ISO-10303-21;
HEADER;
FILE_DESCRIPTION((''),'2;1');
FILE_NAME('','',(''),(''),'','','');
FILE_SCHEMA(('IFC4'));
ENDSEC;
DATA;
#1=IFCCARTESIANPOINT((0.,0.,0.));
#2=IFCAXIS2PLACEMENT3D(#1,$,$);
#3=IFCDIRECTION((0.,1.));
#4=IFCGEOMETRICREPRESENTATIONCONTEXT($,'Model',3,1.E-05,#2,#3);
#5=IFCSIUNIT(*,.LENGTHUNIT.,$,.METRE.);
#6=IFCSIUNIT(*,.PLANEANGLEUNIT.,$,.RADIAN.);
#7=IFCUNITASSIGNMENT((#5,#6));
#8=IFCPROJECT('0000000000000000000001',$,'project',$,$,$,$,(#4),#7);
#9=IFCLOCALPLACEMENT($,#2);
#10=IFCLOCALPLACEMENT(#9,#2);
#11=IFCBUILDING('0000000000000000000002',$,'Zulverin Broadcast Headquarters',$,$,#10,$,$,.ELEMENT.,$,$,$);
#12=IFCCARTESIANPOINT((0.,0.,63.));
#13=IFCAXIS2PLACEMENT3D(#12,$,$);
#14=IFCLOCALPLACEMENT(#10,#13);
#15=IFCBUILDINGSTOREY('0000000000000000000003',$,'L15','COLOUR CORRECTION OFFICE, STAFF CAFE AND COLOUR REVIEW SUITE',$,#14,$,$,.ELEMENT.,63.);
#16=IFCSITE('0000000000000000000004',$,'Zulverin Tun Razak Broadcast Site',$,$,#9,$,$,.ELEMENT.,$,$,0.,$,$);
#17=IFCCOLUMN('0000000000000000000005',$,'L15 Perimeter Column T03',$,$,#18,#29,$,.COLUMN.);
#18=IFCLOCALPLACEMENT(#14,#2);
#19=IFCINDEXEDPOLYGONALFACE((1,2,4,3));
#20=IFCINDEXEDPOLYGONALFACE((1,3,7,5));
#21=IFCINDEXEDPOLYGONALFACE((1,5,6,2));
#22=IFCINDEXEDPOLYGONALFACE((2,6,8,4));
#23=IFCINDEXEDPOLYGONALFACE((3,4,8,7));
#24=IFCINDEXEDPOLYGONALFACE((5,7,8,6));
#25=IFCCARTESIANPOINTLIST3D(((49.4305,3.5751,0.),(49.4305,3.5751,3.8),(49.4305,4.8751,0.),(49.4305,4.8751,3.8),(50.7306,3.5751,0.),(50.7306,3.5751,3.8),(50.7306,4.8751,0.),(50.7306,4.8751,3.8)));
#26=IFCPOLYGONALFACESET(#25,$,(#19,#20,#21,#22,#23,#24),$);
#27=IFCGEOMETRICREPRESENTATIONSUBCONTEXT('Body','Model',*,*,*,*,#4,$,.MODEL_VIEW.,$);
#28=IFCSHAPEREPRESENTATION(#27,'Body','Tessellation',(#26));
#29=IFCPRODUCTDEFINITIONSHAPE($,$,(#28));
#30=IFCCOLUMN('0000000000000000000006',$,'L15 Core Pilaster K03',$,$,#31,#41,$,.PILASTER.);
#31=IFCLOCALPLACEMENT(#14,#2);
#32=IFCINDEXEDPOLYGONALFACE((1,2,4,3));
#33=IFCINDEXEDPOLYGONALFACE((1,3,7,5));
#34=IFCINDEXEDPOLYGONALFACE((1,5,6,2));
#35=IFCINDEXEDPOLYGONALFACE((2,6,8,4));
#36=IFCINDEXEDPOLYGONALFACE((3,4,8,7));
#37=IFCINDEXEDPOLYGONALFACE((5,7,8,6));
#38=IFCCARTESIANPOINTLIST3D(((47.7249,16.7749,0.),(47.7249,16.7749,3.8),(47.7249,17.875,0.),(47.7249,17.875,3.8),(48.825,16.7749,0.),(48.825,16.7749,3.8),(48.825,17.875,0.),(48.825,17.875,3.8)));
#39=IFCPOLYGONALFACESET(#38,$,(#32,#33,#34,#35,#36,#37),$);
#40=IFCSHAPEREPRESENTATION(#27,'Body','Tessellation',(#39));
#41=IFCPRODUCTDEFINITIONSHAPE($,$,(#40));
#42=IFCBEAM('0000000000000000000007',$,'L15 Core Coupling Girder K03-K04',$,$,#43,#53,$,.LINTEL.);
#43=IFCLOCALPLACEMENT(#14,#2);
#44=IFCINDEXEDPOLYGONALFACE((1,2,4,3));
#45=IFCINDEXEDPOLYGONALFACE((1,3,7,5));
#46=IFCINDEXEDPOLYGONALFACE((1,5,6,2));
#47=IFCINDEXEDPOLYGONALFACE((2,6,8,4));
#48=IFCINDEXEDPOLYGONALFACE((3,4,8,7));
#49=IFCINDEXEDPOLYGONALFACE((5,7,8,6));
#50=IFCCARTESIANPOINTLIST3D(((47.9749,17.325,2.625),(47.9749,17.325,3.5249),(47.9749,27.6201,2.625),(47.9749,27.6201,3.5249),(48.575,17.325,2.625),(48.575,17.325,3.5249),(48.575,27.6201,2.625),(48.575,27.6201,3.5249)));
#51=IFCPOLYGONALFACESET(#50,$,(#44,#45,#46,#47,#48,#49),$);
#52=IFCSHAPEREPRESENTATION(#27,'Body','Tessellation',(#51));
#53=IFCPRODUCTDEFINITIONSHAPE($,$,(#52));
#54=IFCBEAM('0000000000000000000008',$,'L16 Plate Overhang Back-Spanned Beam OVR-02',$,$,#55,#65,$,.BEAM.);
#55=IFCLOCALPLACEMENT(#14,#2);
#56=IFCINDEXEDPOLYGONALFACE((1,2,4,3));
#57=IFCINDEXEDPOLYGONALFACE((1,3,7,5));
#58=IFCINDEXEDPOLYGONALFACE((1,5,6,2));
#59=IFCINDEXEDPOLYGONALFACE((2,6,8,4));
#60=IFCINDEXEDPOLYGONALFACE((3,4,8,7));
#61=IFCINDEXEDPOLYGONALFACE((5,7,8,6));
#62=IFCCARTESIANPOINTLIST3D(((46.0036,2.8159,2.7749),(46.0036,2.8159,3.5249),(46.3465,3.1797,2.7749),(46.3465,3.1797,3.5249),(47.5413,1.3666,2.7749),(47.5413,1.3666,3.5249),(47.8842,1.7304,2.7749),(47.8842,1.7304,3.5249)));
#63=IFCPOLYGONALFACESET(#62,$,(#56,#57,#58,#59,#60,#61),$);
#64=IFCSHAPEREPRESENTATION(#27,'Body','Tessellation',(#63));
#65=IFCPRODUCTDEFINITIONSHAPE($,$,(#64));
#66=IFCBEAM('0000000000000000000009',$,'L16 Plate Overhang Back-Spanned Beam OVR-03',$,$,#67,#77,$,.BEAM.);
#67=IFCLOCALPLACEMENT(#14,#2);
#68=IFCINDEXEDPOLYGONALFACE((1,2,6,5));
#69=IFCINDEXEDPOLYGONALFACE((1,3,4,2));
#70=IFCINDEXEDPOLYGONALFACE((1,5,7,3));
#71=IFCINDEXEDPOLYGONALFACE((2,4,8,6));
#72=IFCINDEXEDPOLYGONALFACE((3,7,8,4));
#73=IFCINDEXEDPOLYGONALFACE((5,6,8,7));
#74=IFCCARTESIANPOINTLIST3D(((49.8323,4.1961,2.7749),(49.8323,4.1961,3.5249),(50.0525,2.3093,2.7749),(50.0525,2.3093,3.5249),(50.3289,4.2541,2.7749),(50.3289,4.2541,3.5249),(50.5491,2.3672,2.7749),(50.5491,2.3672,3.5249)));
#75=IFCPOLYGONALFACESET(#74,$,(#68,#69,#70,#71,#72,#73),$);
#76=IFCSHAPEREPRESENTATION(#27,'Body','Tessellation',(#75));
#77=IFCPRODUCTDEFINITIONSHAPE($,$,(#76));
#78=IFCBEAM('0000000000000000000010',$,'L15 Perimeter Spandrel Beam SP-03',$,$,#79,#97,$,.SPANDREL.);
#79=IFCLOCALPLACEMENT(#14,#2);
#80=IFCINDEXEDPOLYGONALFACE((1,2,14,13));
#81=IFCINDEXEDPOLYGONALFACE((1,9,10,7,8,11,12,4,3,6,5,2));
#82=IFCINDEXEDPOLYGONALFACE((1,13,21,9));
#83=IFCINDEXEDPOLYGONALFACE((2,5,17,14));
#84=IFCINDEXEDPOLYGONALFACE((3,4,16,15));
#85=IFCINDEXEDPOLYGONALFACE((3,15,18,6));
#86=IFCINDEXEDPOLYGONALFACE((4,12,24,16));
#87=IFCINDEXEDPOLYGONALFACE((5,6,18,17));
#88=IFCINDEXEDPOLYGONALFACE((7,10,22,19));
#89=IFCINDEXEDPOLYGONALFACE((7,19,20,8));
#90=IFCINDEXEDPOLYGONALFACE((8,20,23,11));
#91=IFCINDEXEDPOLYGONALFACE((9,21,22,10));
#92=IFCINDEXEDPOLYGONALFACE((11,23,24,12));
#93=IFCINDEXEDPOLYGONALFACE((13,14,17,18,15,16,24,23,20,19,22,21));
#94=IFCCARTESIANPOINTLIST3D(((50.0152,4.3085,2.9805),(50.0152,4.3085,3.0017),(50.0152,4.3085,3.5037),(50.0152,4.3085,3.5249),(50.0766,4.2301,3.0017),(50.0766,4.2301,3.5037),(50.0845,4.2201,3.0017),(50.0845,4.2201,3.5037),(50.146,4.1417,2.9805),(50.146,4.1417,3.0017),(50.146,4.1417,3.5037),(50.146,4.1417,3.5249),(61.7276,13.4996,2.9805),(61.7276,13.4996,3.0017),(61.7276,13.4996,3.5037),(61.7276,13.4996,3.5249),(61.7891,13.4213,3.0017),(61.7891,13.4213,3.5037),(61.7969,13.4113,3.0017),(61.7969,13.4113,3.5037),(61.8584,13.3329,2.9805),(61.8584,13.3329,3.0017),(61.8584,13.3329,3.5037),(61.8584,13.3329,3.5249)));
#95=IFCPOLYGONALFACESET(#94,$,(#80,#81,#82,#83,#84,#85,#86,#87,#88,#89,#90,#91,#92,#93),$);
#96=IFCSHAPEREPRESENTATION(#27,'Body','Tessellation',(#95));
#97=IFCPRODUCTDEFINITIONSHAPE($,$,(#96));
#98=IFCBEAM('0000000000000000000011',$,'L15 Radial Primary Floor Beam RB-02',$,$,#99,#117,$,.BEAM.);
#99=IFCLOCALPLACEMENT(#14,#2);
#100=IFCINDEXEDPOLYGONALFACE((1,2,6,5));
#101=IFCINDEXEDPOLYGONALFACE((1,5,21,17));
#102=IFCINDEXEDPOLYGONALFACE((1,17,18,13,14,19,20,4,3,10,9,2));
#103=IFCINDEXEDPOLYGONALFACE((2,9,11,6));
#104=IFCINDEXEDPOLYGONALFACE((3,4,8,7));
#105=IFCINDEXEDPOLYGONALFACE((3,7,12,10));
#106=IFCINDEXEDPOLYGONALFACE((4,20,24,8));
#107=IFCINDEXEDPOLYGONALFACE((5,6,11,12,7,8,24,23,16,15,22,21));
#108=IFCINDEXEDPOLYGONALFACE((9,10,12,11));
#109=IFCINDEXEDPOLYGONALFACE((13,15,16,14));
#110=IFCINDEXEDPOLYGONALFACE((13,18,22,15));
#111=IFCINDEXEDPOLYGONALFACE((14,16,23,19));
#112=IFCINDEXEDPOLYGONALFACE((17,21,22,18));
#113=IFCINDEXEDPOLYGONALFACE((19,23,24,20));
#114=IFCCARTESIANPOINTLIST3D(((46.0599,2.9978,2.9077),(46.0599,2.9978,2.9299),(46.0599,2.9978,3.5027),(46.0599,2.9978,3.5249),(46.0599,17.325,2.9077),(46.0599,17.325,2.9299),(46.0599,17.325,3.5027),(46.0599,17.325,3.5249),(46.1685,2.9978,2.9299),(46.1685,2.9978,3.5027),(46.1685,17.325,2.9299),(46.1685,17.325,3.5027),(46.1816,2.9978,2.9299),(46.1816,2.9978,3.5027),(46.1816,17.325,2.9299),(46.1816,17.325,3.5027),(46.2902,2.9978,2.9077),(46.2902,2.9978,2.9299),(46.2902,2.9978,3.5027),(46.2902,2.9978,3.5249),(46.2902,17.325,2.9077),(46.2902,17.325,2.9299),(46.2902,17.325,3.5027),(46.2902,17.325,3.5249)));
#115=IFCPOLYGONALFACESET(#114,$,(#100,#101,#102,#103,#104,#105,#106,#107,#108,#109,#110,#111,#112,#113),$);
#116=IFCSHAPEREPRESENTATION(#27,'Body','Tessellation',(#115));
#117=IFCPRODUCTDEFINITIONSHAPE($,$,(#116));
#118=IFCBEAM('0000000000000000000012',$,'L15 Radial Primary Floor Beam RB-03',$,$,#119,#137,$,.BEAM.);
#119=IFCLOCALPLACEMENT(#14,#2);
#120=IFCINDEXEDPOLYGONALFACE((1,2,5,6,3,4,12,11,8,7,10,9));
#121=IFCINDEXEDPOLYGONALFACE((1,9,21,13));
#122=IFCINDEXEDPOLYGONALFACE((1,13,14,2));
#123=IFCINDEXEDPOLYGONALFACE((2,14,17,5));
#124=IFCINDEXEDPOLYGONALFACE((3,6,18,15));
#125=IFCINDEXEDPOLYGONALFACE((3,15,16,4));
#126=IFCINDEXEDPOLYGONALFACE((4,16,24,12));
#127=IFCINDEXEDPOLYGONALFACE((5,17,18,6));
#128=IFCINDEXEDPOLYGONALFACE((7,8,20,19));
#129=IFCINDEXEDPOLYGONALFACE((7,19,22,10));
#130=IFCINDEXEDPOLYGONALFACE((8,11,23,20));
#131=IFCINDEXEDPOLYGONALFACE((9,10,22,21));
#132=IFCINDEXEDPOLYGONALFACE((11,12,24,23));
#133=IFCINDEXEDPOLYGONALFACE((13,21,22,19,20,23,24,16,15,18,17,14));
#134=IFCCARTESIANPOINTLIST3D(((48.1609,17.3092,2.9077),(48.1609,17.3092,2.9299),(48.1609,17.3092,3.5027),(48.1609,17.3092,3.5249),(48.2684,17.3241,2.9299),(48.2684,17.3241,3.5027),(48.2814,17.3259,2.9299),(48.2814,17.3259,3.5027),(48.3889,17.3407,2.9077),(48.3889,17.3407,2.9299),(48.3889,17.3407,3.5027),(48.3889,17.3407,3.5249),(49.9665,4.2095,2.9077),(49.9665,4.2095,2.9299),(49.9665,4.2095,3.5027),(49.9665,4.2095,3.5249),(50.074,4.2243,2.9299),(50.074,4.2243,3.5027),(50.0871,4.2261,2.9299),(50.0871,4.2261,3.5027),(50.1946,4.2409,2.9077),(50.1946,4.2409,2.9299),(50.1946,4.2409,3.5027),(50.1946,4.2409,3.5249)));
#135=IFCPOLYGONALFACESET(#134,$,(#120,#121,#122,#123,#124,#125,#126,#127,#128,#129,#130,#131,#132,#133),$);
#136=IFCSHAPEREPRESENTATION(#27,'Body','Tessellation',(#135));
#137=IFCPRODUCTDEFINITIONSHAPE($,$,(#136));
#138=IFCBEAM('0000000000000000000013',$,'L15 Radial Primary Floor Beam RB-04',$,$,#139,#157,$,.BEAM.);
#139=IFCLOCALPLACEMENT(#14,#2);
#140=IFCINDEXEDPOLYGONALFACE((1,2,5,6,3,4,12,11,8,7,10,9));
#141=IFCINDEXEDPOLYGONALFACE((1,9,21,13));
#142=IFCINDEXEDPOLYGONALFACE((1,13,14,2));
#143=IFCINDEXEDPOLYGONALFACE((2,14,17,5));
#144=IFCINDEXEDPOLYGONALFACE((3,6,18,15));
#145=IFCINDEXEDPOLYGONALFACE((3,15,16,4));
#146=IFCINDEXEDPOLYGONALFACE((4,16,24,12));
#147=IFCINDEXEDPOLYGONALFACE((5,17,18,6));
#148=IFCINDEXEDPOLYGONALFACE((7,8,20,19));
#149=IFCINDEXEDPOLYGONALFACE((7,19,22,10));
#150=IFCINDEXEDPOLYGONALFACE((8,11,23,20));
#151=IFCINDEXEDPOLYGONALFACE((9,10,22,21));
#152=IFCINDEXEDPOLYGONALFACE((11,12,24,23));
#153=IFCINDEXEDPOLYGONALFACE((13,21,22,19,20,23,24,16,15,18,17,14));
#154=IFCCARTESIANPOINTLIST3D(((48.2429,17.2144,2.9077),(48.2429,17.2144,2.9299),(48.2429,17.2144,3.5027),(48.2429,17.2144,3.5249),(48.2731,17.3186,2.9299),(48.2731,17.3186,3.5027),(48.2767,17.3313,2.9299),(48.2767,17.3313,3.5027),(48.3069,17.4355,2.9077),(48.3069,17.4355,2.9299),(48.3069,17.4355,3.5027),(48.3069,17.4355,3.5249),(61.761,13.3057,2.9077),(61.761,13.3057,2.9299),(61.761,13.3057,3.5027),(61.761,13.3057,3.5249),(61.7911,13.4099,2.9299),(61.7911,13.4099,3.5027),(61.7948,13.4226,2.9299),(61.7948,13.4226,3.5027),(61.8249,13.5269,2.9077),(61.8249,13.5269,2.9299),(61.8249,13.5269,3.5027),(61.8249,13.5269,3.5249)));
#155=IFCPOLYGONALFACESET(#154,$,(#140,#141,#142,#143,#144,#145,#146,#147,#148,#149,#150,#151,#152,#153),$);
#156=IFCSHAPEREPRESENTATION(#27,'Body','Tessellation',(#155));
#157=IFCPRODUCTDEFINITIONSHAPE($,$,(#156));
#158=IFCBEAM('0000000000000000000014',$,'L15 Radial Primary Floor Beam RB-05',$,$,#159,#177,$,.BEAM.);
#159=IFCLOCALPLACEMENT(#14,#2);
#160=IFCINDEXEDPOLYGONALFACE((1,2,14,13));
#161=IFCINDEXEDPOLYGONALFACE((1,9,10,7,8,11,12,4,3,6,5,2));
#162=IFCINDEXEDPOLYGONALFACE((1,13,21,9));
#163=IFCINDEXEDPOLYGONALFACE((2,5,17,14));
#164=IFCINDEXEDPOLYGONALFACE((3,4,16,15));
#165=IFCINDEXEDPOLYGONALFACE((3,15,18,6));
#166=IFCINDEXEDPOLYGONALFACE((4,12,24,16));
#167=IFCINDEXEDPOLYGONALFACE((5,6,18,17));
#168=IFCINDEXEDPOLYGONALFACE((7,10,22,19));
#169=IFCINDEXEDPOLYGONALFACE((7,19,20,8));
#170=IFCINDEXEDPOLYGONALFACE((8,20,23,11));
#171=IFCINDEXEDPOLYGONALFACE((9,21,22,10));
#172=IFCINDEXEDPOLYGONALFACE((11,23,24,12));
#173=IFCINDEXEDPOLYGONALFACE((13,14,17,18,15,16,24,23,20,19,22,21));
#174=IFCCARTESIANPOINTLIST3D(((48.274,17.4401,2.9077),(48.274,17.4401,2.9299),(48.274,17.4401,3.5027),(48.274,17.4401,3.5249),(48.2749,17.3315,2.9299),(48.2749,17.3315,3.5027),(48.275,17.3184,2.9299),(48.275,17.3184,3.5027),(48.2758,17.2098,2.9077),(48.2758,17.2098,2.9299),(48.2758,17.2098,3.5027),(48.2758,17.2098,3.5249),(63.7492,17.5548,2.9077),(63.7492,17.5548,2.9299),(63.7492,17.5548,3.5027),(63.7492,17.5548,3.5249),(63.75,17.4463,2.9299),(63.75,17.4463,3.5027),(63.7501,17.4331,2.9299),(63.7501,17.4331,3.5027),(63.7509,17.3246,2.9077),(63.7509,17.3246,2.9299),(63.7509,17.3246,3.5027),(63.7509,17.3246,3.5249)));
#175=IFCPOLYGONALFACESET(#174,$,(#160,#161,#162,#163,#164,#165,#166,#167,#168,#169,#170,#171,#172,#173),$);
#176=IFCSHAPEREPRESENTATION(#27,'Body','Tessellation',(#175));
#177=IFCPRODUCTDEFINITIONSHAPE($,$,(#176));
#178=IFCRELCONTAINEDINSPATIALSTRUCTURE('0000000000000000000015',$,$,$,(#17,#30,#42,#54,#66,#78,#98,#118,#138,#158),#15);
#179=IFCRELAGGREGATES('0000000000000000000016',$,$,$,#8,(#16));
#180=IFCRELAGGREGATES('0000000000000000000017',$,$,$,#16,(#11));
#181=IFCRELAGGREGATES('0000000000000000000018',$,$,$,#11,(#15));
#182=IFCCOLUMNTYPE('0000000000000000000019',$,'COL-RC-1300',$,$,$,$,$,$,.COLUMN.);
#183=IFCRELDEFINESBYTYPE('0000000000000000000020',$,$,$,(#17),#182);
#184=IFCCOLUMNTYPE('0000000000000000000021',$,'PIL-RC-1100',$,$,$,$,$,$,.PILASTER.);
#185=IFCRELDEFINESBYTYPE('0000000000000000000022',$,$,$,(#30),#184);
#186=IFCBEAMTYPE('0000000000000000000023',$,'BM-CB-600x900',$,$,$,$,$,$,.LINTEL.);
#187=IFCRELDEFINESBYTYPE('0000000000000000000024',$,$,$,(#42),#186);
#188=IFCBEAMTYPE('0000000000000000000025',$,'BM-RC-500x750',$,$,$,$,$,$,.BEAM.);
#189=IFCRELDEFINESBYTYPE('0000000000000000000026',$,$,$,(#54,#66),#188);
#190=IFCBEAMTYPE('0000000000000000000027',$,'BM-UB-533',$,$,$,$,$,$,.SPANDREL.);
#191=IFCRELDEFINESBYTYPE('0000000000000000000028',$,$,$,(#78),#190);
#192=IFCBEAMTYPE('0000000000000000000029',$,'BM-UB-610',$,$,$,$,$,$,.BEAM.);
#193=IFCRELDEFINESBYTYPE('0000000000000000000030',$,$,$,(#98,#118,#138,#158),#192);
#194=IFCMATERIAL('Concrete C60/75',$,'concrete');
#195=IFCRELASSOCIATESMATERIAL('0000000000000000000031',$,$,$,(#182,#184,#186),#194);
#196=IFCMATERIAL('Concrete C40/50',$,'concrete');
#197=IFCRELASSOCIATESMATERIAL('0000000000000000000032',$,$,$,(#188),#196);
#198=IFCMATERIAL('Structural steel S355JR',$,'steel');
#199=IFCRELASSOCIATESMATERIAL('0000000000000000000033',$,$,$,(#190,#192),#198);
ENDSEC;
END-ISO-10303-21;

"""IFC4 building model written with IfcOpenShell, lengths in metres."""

from ifc_helpers import new_model, si_unit, direction, frame, origin, origin_2d, place, context, subcontext, project, spatial, rectangle, i_section, extrude, material, material_profile, profile_set, type_object, element, save


model = new_model("IFC4")

# Units and contexts
model_context = context("Model", 3, precision=1e-05, world=origin(), true_north=direction((0.0, 1.0)))
body_context = subcontext(model_context, "Body", "Model", "MODEL_VIEW")
ifc_project = project(units=[si_unit("LENGTHUNIT", "METRE"), si_unit("PLANEANGLEUNIT", "RADIAN")], contexts=[model_context])

# Site, building, storey
site_placement = place(None, origin())
site = spatial("IfcSite", under=ifc_project, at=site_placement, Name="Zulverin Tun Razak Broadcast Site", CompositionType="ELEMENT", RefElevation=0.0)
building_placement = place(site_placement, origin())
building = spatial("IfcBuilding", under=site, at=building_placement, Name="Zulverin Broadcast Headquarters", CompositionType="ELEMENT")
storey_placement = place(building_placement, frame((0.0, 0.0, 63.0)))
storey = spatial("IfcBuildingStorey", under=building, at=storey_placement, Name="L15", Description="COLOUR CORRECTION OFFICE, STAFF CAFE AND COLOUR REVIEW SUITE", CompositionType="ELEMENT", Elevation=63.0)

# Columns
ifc_material_1 = material(Name="Concrete C60/75", Category="concrete")
ifc_material_profile_1 = material_profile(ifc_material_1, rectangle(XDim=1.3, YDim=1.3, at=origin_2d()), Name="Concrete C60/75", Category="concrete")
ifc_profile_set_1 = profile_set([ifc_material_profile_1], Name="Concrete C60/75")
column_type_1 = type_object("IfcColumnType", Name="COL-RC-1300", PredefinedType="COLUMN", material=ifc_profile_set_1)
column_1_placement = place(storey_placement, frame((50.0806, 4.2251, 0.0), z_axis=(0.0, 0.0, 1.0), x_axis=(1.0, 0.0, 0.0)))
element("IfcColumn", 1, at=column_1_placement, inside=storey, type_object=column_type_1, Name="L15 Perimeter Column T03", PredefinedType="COLUMN", context=body_context, shape_type="SweptSolid", body=[
    extrude(rectangle(XDim=1.3, YDim=1.3, at=origin_2d()), origin(), (0.0, 0.0, 1.0), 3.8),
])
ifc_material_profile_2 = material_profile(ifc_material_1, rectangle(XDim=1.1001, YDim=1.1001, at=origin_2d()), Name="Concrete C60/75", Category="concrete")
ifc_profile_set_2 = profile_set([ifc_material_profile_2], Name="Concrete C60/75")
column_type_2 = type_object("IfcColumnType", Name="PIL-RC-1100", PredefinedType="PILASTER", material=ifc_profile_set_2)
column_2_placement = place(storey_placement, frame((48.2749, 17.325, 0.0), z_axis=(0.0, 0.0, 1.0), x_axis=(1.0, 0.0, 0.0)))
element("IfcColumn", 2, at=column_2_placement, inside=storey, type_object=column_type_2, Name="L15 Core Pilaster K03", PredefinedType="PILASTER", context=body_context, shape_type="SweptSolid", body=[
    extrude(rectangle(XDim=1.1001, YDim=1.1001, at=origin_2d()), origin(), (0.0, 0.0, 1.0), 3.8),
])

# Beams
ifc_material_profile_3 = material_profile(ifc_material_1, rectangle(XDim=0.6001, YDim=0.8999, at=origin_2d()), Name="Concrete C60/75", Category="concrete")
ifc_profile_set_3 = profile_set([ifc_material_profile_3], Name="Concrete C60/75")
beam_type_1 = type_object("IfcBeamType", Name="BM-CB-600x900", PredefinedType="LINTEL", material=ifc_profile_set_3)
beam_1_placement = place(storey_placement, frame((48.2749, 17.325, 3.075), z_axis=(0.0, 1.0, 0.0), x_axis=(-1.0, 0.0, 0.0)))
element("IfcBeam", 3, at=beam_1_placement, inside=storey, type_object=beam_type_1, Name="L15 Core Coupling Girder K03-K04", PredefinedType="LINTEL", context=body_context, shape_type="SweptSolid", body=[
    extrude(rectangle(XDim=0.6001, YDim=0.8999, at=origin_2d()), origin(), (0.0, 0.0, 1.0), 10.2952),
])
ifc_material_2 = material(Name="Concrete C40/50", Category="concrete")
ifc_material_profile_4 = material_profile(ifc_material_2, rectangle(XDim=0.5, YDim=0.75, at=origin_2d()), Name="Concrete C40/50", Category="concrete")
ifc_profile_set_4 = profile_set([ifc_material_profile_4], Name="Concrete C40/50")
beam_type_2 = type_object("IfcBeamType", Name="BM-RC-500x750", PredefinedType="BEAM", material=ifc_profile_set_4)
beam_2_placement = place(storey_placement, frame((46.175, 2.9978, 3.1499), z_axis=(0.727711, -0.685884, 0.0), x_axis=(0.685884, 0.727711, 0.0)))
element("IfcBeam", 4, at=beam_2_placement, inside=storey, type_object=beam_type_2, Name="L16 Plate Overhang Back-Spanned Beam OVR-02", PredefinedType="BEAM", context=body_context, shape_type="SweptSolid", body=[
    extrude(rectangle(XDim=0.5, YDim=0.75, at=origin_2d()), origin(), (0.0, 0.0, 1.0), 2.113),
])
beam_3_placement = place(storey_placement, frame((50.0806, 4.2251, 3.1499), z_axis=(0.115917, -0.993259, 0.0), x_axis=(0.993259, 0.115917, 0.0)))
element("IfcBeam", 5, at=beam_3_placement, inside=storey, type_object=beam_type_2, Name="L16 Plate Overhang Back-Spanned Beam OVR-03", PredefinedType="BEAM", context=body_context, shape_type="SweptSolid", body=[
    extrude(rectangle(XDim=0.5, YDim=0.75, at=origin_2d()), origin(), (0.0, 0.0, 1.0), 1.8997),
])
ifc_material_3 = material(Name="Structural steel S355JR", Category="steel")
ifc_material_profile_5 = material_profile(ifc_material_3, i_section(OverallWidth=0.2119, OverallDepth=0.5444, WebThickness=0.0127, FlangeThickness=0.0212, at=origin_2d()), Name="Structural steel S355JR", Category="steel")
ifc_profile_set_5 = profile_set([ifc_material_profile_5], Name="Structural steel S355JR")
beam_type_3 = type_object("IfcBeamType", Name="BM-UB-533", PredefinedType="SPANDREL", material=ifc_profile_set_5)
beam_4_placement = place(storey_placement, frame((50.0806, 4.2251, 3.2527), z_axis=(0.786691, 0.617346, 0.0), x_axis=(-0.617346, 0.786691, 0.0)))
element("IfcBeam", 6, at=beam_4_placement, inside=storey, type_object=beam_type_3, Name="L15 Perimeter Spandrel Beam SP-03", PredefinedType="SPANDREL", context=body_context, shape_type="SweptSolid", body=[
    extrude(i_section(OverallWidth=0.2119, OverallDepth=0.5444, WebThickness=0.0127, FlangeThickness=0.0212, at=origin_2d()), origin(), (0.0, 0.0, 1.0), 14.8882),
])
ifc_material_profile_6 = material_profile(ifc_material_3, i_section(OverallWidth=0.2302, OverallDepth=0.6172, WebThickness=0.0132, FlangeThickness=0.0222, at=origin_2d()), Name="Structural steel S355JR", Category="steel")
ifc_profile_set_6 = profile_set([ifc_material_profile_6], Name="Structural steel S355JR")
beam_type_4 = type_object("IfcBeamType", Name="BM-UB-610", PredefinedType="BEAM", material=ifc_profile_set_6)
beam_5_placement = place(storey_placement, frame((46.175, 17.325, 3.2163), z_axis=(0.0, -1.0, 0.0), x_axis=(1.0, 0.0, 0.0)))
element("IfcBeam", 7, at=beam_5_placement, inside=storey, type_object=beam_type_4, Name="L15 Radial Primary Floor Beam RB-02", PredefinedType="BEAM", context=body_context, shape_type="SweptSolid", body=[
    extrude(i_section(OverallWidth=0.2302, OverallDepth=0.6172, WebThickness=0.0132, FlangeThickness=0.0222, at=origin_2d()), origin(), (0.0, 0.0, 1.0), 14.3271),
])
beam_6_placement = place(storey_placement, frame((48.2749, 17.325, 3.2163), z_axis=(0.136547, -0.990634, 0.0), x_axis=(0.990634, 0.136547, 0.0)))
element("IfcBeam", 8, at=beam_6_placement, inside=storey, type_object=beam_type_4, Name="L15 Radial Primary Floor Beam RB-03", PredefinedType="BEAM", context=body_context, shape_type="SweptSolid", body=[
    extrude(i_section(OverallWidth=0.2302, OverallDepth=0.6172, WebThickness=0.0132, FlangeThickness=0.0222, at=origin_2d()), origin(), (0.0, 0.0, 1.0), 13.2236),
])
beam_7_placement = place(storey_placement, frame((48.2749, 17.325, 3.2163), z_axis=(0.960648, -0.277767, 0.0), x_axis=(0.277767, 0.960648, 0.0)))
element("IfcBeam", 9, at=beam_7_placement, inside=storey, type_object=beam_type_4, Name="L15 Radial Primary Floor Beam RB-04", PredefinedType="BEAM", context=body_context, shape_type="SweptSolid", body=[
    extrude(i_section(OverallWidth=0.2302, OverallDepth=0.6172, WebThickness=0.0132, FlangeThickness=0.0222, at=origin_2d()), origin(), (0.0, 0.0, 1.0), 14.0718),
])
beam_8_placement = place(storey_placement, frame((48.2749, 17.325, 3.2163), z_axis=(0.999973, 0.007415, 0.0), x_axis=(-0.007415, 0.999973, 0.0)))
element("IfcBeam", 10, at=beam_8_placement, inside=storey, type_object=beam_type_4, Name="L15 Radial Primary Floor Beam RB-05", PredefinedType="BEAM", context=body_context, shape_type="SweptSolid", body=[
    extrude(i_section(OverallWidth=0.2302, OverallDepth=0.6172, WebThickness=0.0132, FlangeThickness=0.0222, at=origin_2d()), origin(), (0.0, 0.0, 1.0), 15.4756),
])

save(model, "model.ifc")
